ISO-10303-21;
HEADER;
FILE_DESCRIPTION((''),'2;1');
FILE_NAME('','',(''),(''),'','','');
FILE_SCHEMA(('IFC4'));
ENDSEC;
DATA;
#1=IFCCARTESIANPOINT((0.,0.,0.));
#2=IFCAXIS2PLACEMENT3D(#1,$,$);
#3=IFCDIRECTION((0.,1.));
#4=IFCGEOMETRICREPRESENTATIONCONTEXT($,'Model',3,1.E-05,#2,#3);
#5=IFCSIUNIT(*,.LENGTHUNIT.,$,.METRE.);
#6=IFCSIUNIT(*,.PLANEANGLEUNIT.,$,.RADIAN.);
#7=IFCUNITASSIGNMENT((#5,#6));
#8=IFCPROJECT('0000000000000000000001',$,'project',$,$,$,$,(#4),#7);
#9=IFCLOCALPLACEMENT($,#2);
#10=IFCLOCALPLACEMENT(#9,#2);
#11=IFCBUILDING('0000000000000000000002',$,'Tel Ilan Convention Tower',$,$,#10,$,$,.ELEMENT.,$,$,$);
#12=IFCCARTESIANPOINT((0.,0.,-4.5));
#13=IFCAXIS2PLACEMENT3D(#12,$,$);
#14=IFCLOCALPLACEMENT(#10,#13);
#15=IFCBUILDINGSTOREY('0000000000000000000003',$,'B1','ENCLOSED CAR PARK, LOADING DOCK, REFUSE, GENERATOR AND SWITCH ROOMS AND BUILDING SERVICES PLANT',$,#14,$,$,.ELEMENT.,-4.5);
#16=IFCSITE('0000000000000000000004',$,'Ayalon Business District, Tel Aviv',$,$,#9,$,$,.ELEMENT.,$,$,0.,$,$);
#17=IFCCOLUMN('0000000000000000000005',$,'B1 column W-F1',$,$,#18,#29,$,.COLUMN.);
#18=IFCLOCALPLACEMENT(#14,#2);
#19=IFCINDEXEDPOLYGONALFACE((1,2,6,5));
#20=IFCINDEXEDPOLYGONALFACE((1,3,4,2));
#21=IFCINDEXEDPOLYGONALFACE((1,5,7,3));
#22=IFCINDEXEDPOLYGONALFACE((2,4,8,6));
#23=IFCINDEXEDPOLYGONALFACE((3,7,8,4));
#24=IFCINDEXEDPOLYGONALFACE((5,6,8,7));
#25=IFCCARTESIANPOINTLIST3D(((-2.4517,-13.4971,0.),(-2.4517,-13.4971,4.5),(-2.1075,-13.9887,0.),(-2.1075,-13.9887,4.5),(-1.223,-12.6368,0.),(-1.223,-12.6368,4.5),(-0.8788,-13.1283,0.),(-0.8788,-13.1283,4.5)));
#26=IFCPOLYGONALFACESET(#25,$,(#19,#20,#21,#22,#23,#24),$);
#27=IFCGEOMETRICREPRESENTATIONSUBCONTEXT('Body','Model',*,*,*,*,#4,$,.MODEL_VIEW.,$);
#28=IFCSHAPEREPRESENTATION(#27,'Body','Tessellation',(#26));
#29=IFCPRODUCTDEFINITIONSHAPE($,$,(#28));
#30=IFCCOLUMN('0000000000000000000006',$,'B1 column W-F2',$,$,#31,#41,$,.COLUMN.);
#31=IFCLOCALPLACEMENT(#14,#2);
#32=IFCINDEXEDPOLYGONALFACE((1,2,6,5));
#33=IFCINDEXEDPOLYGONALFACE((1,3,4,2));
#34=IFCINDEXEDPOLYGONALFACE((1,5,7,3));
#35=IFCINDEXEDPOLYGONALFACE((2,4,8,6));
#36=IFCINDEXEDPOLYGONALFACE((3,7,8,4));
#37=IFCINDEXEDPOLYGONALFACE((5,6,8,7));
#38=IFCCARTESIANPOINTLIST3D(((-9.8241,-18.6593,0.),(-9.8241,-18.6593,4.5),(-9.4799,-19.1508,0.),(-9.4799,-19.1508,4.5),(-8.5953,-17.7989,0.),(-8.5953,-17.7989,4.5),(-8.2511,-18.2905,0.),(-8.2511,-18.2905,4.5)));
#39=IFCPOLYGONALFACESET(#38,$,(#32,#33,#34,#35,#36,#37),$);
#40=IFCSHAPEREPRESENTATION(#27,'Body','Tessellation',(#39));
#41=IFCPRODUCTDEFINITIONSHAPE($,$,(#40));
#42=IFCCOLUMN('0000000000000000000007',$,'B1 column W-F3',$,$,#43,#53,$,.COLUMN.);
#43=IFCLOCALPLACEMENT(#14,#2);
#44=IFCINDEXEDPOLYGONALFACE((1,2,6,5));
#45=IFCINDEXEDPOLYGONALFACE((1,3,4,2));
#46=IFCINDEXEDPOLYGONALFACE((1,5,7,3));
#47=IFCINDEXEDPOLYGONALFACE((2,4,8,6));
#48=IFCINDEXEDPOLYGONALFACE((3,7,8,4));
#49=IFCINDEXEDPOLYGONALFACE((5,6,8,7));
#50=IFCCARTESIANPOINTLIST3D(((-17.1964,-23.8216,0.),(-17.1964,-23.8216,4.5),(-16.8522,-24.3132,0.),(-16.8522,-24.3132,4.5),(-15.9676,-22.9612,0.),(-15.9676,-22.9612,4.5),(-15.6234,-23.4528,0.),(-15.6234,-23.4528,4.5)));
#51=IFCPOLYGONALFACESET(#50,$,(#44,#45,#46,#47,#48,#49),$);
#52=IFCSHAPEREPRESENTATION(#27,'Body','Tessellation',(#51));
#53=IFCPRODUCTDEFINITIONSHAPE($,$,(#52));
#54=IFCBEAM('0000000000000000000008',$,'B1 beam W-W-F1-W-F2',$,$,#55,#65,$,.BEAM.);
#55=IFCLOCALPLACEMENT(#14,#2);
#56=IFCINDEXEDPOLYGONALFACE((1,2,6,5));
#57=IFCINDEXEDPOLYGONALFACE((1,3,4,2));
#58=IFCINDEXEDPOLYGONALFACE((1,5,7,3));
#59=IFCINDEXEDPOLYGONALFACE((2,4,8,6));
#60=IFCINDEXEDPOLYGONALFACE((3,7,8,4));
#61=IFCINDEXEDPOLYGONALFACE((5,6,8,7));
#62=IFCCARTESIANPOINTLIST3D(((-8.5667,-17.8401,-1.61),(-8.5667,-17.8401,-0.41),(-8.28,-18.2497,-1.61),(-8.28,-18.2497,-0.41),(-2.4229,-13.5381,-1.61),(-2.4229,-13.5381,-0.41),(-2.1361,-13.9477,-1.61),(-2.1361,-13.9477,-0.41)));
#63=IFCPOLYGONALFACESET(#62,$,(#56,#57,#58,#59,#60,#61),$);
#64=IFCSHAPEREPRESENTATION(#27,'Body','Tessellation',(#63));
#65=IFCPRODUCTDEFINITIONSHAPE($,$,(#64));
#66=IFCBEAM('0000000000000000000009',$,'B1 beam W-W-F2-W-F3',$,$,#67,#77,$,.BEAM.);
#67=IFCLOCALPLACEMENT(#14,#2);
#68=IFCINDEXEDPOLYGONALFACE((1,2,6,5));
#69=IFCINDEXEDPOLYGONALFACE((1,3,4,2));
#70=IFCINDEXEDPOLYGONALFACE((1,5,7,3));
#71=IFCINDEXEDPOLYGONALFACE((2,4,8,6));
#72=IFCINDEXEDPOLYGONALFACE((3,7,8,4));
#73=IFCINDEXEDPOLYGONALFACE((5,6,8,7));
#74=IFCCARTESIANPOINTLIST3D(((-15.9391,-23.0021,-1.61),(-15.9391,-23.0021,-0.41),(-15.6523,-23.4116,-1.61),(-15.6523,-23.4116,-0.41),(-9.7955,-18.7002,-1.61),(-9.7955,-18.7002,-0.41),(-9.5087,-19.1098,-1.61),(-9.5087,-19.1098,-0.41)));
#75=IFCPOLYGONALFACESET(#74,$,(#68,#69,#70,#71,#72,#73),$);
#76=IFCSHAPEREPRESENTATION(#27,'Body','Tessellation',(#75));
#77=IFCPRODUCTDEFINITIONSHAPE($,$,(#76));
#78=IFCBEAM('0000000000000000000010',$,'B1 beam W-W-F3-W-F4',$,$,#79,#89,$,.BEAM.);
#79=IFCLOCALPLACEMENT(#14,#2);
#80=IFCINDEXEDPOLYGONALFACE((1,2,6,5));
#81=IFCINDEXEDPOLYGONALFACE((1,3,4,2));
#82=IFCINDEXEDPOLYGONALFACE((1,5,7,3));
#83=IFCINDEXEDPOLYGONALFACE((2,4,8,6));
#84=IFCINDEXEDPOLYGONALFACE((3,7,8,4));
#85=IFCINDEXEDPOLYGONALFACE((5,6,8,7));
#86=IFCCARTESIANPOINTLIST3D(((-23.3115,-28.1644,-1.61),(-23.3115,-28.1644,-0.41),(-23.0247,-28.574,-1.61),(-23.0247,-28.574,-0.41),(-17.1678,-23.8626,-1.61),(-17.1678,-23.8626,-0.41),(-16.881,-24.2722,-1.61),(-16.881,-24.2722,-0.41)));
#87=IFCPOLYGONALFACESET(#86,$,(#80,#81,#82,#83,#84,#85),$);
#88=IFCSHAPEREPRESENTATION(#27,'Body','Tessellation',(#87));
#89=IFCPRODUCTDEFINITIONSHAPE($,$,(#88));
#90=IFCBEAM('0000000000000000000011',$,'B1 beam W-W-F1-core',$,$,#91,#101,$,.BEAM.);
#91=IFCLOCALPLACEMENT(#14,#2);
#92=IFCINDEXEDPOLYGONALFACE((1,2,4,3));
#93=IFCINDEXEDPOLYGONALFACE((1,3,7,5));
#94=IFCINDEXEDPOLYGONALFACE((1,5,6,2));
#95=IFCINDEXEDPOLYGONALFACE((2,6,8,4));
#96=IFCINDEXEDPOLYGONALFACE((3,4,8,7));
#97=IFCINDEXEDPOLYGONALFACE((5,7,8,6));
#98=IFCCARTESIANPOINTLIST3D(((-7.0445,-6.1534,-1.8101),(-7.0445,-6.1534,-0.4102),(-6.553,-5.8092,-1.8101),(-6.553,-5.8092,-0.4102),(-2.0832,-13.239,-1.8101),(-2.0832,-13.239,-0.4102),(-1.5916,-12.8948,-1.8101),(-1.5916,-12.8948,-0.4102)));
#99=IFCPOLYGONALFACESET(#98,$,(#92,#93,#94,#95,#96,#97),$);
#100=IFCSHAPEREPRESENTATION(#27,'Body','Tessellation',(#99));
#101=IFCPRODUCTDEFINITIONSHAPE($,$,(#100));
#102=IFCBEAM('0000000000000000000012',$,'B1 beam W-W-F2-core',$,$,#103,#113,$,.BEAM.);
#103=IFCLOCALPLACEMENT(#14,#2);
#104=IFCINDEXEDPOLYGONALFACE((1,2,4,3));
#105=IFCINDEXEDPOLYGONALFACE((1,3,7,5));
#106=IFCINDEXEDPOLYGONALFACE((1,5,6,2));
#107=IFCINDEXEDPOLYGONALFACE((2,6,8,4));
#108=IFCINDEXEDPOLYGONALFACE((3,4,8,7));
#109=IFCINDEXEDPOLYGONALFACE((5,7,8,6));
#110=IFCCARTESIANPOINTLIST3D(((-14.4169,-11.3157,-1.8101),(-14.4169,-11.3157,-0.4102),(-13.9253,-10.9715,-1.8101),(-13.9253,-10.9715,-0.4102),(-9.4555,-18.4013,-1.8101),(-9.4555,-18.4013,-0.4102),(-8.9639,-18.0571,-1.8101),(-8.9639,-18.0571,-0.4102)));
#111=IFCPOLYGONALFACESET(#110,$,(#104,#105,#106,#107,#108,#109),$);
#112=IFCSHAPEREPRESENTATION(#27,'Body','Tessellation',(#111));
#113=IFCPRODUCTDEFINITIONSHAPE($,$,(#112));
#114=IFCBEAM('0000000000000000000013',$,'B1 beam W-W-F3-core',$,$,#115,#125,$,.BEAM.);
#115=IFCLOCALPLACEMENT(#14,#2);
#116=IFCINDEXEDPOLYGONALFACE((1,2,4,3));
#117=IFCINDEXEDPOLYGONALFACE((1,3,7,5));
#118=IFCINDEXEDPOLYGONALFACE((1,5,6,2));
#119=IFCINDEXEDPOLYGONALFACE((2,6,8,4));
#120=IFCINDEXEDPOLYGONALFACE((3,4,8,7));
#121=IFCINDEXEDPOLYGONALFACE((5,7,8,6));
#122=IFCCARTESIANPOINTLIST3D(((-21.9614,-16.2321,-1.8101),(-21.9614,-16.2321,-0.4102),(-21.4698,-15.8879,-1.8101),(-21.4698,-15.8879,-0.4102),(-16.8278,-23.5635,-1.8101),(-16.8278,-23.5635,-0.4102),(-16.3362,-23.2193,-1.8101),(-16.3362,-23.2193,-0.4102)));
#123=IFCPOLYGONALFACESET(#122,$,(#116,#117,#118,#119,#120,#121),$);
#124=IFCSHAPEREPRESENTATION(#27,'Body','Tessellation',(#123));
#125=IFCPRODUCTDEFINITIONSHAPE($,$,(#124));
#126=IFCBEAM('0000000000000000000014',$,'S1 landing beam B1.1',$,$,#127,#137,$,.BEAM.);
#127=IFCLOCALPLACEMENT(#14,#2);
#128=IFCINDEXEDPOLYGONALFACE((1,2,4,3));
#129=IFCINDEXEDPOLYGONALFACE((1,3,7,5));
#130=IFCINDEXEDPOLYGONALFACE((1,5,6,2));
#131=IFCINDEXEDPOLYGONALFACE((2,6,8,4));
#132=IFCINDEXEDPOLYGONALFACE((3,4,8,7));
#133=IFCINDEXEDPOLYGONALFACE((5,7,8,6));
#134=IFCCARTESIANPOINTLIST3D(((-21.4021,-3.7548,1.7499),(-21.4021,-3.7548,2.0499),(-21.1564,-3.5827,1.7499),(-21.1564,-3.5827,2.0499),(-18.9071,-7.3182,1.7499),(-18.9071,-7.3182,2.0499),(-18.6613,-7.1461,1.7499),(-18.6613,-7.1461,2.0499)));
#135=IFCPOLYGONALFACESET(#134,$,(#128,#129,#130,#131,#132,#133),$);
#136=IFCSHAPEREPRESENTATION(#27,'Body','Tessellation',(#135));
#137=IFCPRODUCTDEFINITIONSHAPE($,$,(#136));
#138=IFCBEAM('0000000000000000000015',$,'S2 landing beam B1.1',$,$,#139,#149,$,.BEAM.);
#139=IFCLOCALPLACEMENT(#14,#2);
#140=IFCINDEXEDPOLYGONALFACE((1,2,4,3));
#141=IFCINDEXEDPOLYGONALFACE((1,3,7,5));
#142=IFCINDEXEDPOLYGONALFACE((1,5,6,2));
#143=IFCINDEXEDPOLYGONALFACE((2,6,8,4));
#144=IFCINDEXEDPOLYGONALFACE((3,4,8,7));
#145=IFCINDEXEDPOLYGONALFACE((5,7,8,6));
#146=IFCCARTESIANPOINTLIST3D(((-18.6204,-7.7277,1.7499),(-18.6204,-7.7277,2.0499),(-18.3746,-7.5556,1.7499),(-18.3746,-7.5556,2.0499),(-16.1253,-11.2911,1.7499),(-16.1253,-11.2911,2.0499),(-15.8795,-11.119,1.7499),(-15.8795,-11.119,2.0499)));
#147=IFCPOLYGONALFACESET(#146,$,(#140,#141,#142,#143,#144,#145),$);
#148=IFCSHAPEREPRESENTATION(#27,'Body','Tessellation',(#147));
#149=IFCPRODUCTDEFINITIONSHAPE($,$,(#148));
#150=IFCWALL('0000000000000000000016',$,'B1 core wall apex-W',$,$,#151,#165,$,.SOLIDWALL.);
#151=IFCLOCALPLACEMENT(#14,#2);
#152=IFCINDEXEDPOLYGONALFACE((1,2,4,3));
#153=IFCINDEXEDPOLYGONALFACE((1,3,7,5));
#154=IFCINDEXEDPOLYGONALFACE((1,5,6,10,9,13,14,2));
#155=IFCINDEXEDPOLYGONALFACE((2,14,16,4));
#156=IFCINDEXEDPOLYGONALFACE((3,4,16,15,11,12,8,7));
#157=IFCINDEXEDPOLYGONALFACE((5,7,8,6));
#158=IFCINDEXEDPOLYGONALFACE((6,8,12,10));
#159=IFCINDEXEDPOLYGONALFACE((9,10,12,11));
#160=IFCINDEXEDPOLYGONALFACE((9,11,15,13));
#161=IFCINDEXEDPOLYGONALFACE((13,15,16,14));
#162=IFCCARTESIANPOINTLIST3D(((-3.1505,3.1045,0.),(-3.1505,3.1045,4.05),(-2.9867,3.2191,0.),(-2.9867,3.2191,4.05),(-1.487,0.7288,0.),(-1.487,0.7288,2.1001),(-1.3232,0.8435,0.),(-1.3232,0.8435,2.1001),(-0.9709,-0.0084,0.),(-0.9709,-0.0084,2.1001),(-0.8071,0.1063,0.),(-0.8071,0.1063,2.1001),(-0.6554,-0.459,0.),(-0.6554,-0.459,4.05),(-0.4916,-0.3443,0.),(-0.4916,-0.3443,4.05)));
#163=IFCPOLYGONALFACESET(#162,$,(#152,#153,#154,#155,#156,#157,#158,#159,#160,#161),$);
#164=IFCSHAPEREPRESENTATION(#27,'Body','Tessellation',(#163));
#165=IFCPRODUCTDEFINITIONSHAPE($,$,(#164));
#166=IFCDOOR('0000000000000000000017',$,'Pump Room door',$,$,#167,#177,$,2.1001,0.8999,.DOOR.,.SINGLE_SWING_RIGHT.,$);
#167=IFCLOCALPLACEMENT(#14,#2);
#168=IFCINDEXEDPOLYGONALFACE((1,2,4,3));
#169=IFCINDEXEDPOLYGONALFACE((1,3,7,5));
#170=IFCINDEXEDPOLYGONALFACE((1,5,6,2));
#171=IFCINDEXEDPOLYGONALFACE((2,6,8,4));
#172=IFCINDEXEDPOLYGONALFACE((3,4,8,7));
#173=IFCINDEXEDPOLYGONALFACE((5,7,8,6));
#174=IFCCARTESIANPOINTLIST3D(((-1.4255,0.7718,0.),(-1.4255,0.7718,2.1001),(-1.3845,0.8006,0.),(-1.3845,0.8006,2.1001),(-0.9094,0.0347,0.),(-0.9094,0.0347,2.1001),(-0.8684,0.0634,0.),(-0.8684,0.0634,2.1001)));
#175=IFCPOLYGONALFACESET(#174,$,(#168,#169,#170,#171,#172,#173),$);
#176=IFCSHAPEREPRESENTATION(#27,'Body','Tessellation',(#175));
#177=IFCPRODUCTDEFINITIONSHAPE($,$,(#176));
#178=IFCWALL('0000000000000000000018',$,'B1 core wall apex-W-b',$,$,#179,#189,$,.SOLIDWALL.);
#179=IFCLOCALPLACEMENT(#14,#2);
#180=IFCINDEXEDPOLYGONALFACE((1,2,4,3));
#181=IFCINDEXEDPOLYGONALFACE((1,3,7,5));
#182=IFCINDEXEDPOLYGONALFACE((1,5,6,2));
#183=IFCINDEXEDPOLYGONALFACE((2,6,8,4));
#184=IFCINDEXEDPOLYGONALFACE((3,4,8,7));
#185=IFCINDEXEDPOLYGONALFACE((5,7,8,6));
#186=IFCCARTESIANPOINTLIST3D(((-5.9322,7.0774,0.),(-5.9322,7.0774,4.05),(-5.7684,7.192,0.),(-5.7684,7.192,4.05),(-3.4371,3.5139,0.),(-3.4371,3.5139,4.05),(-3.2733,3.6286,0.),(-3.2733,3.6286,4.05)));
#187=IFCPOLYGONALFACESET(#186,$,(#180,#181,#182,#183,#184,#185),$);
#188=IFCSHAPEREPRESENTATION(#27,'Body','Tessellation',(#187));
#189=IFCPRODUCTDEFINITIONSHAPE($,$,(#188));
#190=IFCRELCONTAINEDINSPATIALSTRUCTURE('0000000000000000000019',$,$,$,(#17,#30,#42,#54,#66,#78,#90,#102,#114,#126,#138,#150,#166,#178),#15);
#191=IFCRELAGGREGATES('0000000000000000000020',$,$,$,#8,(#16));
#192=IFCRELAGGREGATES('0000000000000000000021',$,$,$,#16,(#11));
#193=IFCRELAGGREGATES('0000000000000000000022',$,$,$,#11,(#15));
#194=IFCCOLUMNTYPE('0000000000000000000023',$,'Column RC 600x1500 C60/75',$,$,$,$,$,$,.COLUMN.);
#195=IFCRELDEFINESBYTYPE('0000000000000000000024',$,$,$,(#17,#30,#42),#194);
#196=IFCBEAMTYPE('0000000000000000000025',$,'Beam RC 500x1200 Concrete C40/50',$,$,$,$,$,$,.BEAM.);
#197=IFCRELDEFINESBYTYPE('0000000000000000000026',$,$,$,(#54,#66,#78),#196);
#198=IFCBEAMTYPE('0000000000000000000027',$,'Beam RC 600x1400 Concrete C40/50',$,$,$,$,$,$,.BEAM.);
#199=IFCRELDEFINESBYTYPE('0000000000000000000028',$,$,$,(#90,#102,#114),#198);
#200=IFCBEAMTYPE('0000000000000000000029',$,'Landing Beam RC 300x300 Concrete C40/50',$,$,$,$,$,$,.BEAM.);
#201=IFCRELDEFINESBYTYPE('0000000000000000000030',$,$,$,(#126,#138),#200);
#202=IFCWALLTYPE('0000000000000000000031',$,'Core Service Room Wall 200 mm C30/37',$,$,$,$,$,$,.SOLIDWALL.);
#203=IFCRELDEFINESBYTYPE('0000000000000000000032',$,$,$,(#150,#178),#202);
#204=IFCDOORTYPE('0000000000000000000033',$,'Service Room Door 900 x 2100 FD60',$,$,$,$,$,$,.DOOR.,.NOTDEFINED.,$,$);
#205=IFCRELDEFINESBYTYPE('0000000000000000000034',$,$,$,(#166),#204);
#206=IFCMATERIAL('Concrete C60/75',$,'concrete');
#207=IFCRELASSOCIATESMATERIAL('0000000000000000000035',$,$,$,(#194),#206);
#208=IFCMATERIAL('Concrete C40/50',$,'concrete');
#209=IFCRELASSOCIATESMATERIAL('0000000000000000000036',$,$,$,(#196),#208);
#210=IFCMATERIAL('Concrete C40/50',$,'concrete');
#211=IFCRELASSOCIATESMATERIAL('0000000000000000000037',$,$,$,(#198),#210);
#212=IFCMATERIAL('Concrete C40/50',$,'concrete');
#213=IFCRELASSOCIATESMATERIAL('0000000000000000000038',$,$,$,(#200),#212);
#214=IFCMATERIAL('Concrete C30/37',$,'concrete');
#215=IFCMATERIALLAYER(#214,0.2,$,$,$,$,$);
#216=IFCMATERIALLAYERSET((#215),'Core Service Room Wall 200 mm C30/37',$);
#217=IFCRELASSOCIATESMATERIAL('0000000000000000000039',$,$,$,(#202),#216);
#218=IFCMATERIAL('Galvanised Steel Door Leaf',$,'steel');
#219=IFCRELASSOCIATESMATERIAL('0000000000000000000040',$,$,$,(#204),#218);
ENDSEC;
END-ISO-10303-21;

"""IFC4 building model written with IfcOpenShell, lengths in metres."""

from ifc_helpers import new_model, si_unit, direction, frame, frame_2d, origin, origin_2d, place, context, subcontext, project, spatial, rectangle, extrude, material, layer, layer_set, material_profile, profile_set, type_object, element, fill, save


model = new_model("IFC4")

# Units and contexts
model_context = context("Model", 3, precision=1e-05, world=origin(), true_north=direction((0.0, 1.0)))
body_context = subcontext(model_context, "Body", "Model", "MODEL_VIEW")
ifc_project = project(units=[si_unit("LENGTHUNIT", "METRE"), si_unit("PLANEANGLEUNIT", "RADIAN")], contexts=[model_context])

# Site, building, storey
site_placement = place(None, origin())
site = spatial("IfcSite", under=ifc_project, at=site_placement, Name="Ayalon Business District, Tel Aviv", CompositionType="ELEMENT", RefElevation=0.0)
building_placement = place(site_placement, origin())
building = spatial("IfcBuilding", under=site, at=building_placement, Name="Tel Ilan Convention Tower", CompositionType="ELEMENT")
storey_placement = place(building_placement, frame((0.0, 0.0, -4.5)))
storey = spatial("IfcBuildingStorey", under=building, at=storey_placement, Name="B1", Description="ENCLOSED CAR PARK, LOADING DOCK, REFUSE, GENERATOR AND SWITCH ROOMS AND BUILDING SERVICES PLANT", CompositionType="ELEMENT", Elevation=-4.5)

# Columns
ifc_material_1 = material(Name="Concrete C60/75", Category="concrete")
ifc_material_profile_1 = material_profile(ifc_material_1, rectangle(XDim=1.5, YDim=0.6001, at=origin_2d()), Name="RC 600x1500")
ifc_profile_set_1 = profile_set([ifc_material_profile_1], Name="Concrete C60/75")
column_type = type_object("IfcColumnType", Name="Column RC 600x1500 C60/75", PredefinedType="COLUMN", material=ifc_profile_set_1)
for number, where, z_axis, x_axis, name in (
    (1, (-1.6653, -13.3127, 0.0), (0.0, 0.0, 1.0), (-0.819152, -0.573576, 0.0), "B1 column W-F1"),
    (2, (-9.0376, -18.4749, 0.0), (0.0, 0.0, 1.0), (-0.819152, -0.573576, 0.0), "B1 column W-F2"),
    (3, (-16.4099, -23.6372, 0.0), (0.0, 0.0, 1.0), (-0.819152, -0.573576, 0.0), "B1 column W-F3"),
):
    element("IfcColumn", number, at=place(storey_placement, frame(where, z_axis=z_axis, x_axis=x_axis)), inside=storey, type_object=column_type, Name=name, PredefinedType="COLUMN", context=body_context, shape_type="SweptSolid", body=[
        extrude(rectangle(XDim=1.5, YDim=0.6001, at=origin_2d()), origin(), (0.0, 0.0, 1.0), 4.5),
    ])

# Beams
ifc_material_2 = material(Name="Concrete C40/50", Category="concrete")
ifc_material_profile_2 = material_profile(ifc_material_2, rectangle(XDim=0.5, YDim=1.2, at=origin_2d()), Name="RC 500x1200")
ifc_profile_set_2 = profile_set([ifc_material_profile_2], Name="Concrete C40/50")
beam_type_1 = type_object("IfcBeamType", Name="Beam RC 500x1200 Concrete C40/50", PredefinedType="BEAM", material=ifc_profile_set_2)
beam_1_placement = place(storey_placement, frame((-2.2795, -13.7429, -1.01), z_axis=(-0.819148, -0.573582, 0.0), x_axis=(0.573582, -0.819148, 0.0)))
element("IfcBeam", 4, at=beam_1_placement, inside=storey, type_object=beam_type_1, Name="B1 beam W-W-F1-W-F2", PredefinedType="BEAM", context=body_context, shape_type="SweptSolid", body=[
    extrude(rectangle(XDim=0.5, YDim=1.2, at=origin_2d()), origin(), (0.0, 0.0, 1.0), 7.5002),
])
for number, where, z_axis, x_axis, name in (
    (5, (-9.6521, -18.905, -1.01), (-0.819152, -0.573576, 0.0), (0.573576, -0.819152, 0.0), "B1 beam W-W-F2-W-F3"),
    (6, (-17.0244, -24.0674, -1.01), (-0.819152, -0.573576, 0.0), (0.573576, -0.819152, 0.0), "B1 beam W-W-F3-W-F4"),
):
    element("IfcBeam", number, at=place(storey_placement, frame(where, z_axis=z_axis, x_axis=x_axis)), inside=storey, type_object=beam_type_1, Name=name, PredefinedType="BEAM", context=body_context, shape_type="SweptSolid", body=[
        extrude(rectangle(XDim=0.5, YDim=1.2, at=origin_2d()), origin(), (0.0, 0.0, 1.0), 7.5),
    ])
ifc_material_3 = material(Name="Concrete C40/50", Category="concrete")
ifc_material_profile_3 = material_profile(ifc_material_3, rectangle(XDim=0.6001, YDim=1.3999, at=origin_2d()), Name="RC 600x1400")
ifc_profile_set_3 = profile_set([ifc_material_profile_3], Name="Concrete C40/50")
beam_type_2 = type_object("IfcBeamType", Name="Beam RC 600x1400 Concrete C40/50", PredefinedType="BEAM", material=ifc_profile_set_3)
for number, where, z_axis, x_axis, name in (
    (7, (-1.8374, -13.0669, -1.1101), (-0.573574, 0.819154, 0.0), (-0.819154, -0.573574, 0.0), "B1 beam W-W-F1-core"),
    (8, (-9.2097, -18.2292, -1.1101), (-0.573574, 0.819154, 0.0), (-0.819154, -0.573574, 0.0), "B1 beam W-W-F2-core"),
):
    element("IfcBeam", number, at=place(storey_placement, frame(where, z_axis=z_axis, x_axis=x_axis)), inside=storey, type_object=beam_type_2, Name=name, PredefinedType="BEAM", context=body_context, shape_type="SweptSolid", body=[
        extrude(rectangle(XDim=0.6001, YDim=1.3999, at=origin_2d()), origin(), (0.0, 0.0, 1.0), 8.6499),
    ])
beam_2_placement = place(storey_placement, frame((-16.582, -23.3914, -1.1101), z_axis=(-0.573585, 0.819146, 0.0), x_axis=(-0.819146, -0.573585, 0.0)))
element("IfcBeam", 9, at=beam_2_placement, inside=storey, type_object=beam_type_2, Name="B1 beam W-W-F3-core", PredefinedType="BEAM", context=body_context, shape_type="SweptSolid", body=[
    extrude(rectangle(XDim=0.6001, YDim=1.3999, at=origin_2d()), origin(), (0.0, 0.0, 1.0), 8.95),
])
ifc_material_4 = material(Name="Concrete C40/50", Category="concrete")
ifc_material_profile_4 = material_profile(ifc_material_4, rectangle(XDim=0.3, YDim=0.3, at=origin_2d()), Name="RC 300x300")
ifc_profile_set_4 = profile_set([ifc_material_profile_4], Name="Concrete C40/50")
beam_type_3 = type_object("IfcBeamType", Name="Landing Beam RC 300x300 Concrete C40/50", PredefinedType="BEAM", material=ifc_profile_set_4)
for number, where, z_axis, x_axis, name in (
    (10, (-18.7842, -7.2322, 1.8999), (-0.573568, 0.819158, 0.0), (-0.819158, -0.573568, 0.0), "S1 landing beam B1.1"),
    (11, (-16.0024, -11.2051, 1.8999), (-0.573568, 0.819158, 0.0), (-0.819158, -0.573568, 0.0), "S2 landing beam B1.1"),
):
    element("IfcBeam", number, at=place(storey_placement, frame(where, z_axis=z_axis, x_axis=x_axis)), inside=storey, type_object=beam_type_3, Name=name, PredefinedType="BEAM", context=body_context, shape_type="SweptSolid", body=[
        extrude(rectangle(XDim=0.3, YDim=0.3, at=origin_2d()), origin(), (0.0, 0.0, 1.0), 4.3501),
    ])

# Wall, opening, door
ifc_material_5 = material(Name="Concrete C30/37", Category="concrete")
ifc_layer_1 = layer(ifc_material_5, 0.2)
ifc_layer_set_1 = layer_set([ifc_layer_1], Name="Core Service Room Wall 200 mm C30/37")
wall_type_1 = type_object("IfcWallType", Name="Core Service Room Wall 200 mm C30/37", PredefinedType="SOLIDWALL", material=ifc_layer_set_1)
wall_1_placement = place(storey_placement, frame((-0.5735, -0.4016, 0.0), z_axis=(0.0, 0.0, 1.0), x_axis=(-0.573568, 0.819158, 0.0)))
wall_1 = element("IfcWall", 12, at=wall_1_placement, inside=storey, type_object=wall_type_1, Name="B1 core wall apex-W", PredefinedType="SOLIDWALL", context=body_context, shape_type="SweptSolid", body=[
    extrude(rectangle(XDim=4.3501, YDim=0.2, at=frame_2d((2.175, 0.0))), origin(), (0.0, 0.0, 1.0), 4.05),
])
opening_placement = place(wall_1_placement, frame((0.55, 0.0, 0.0)))
opening = element("IfcOpeningElement", 13, at=opening_placement, cuts=wall_1, PredefinedType="OPENING", context=body_context, shape_type="SweptSolid", body=[
    extrude(rectangle(XDim=0.8999, YDim=2.1001, at=frame_2d((0.45, 1.05))), frame((0.0, 0.1099, 0.0), z_axis=(0.0, -1.0, 0.0), x_axis=(1.0, 0.0, 0.0)), (0.0, 0.0, 1.0), 0.22),
])
ifc_material_6 = material(Name="Galvanised Steel Door Leaf", Category="steel")
door_type = type_object("IfcDoorType", Name="Service Room Door 900 x 2100 FD60", OperationType="NOTDEFINED", PredefinedType="DOOR", material=ifc_material_6)
door_placement = place(opening_placement, origin())
door = element("IfcDoor", 14, at=door_placement, inside=storey, type_object=door_type, Name="Pump Room door", OperationType="SINGLE_SWING_RIGHT", OverallHeight=2.1001, OverallWidth=0.8999, PredefinedType="DOOR", context=body_context, shape_type="SweptSolid", body=[
    extrude(rectangle(XDim=0.8999, YDim=2.1001, at=frame_2d((0.45, 1.05))), frame((0.0, 0.0249, 0.0), z_axis=(0.0, -1.0, 0.0), x_axis=(1.0, 0.0, 0.0)), (0.0, 0.0, 1.0), 0.05),
])
fill(opening, door)

# Wall
wall_2_placement = place(storey_placement, frame((-3.3552, 3.5713, 0.0), z_axis=(0.0, 0.0, 1.0), x_axis=(-0.573568, 0.819158, 0.0)))
element("IfcWall", 15, at=wall_2_placement, inside=storey, type_object=wall_type_1, Name="B1 core wall apex-W-b", PredefinedType="SOLIDWALL", context=body_context, shape_type="SweptSolid", body=[
    extrude(rectangle(XDim=4.3501, YDim=0.2, at=frame_2d((2.175, 0.0))), origin(), (0.0, 0.0, 1.0), 4.05),
])

save(model, "model.ifc")
